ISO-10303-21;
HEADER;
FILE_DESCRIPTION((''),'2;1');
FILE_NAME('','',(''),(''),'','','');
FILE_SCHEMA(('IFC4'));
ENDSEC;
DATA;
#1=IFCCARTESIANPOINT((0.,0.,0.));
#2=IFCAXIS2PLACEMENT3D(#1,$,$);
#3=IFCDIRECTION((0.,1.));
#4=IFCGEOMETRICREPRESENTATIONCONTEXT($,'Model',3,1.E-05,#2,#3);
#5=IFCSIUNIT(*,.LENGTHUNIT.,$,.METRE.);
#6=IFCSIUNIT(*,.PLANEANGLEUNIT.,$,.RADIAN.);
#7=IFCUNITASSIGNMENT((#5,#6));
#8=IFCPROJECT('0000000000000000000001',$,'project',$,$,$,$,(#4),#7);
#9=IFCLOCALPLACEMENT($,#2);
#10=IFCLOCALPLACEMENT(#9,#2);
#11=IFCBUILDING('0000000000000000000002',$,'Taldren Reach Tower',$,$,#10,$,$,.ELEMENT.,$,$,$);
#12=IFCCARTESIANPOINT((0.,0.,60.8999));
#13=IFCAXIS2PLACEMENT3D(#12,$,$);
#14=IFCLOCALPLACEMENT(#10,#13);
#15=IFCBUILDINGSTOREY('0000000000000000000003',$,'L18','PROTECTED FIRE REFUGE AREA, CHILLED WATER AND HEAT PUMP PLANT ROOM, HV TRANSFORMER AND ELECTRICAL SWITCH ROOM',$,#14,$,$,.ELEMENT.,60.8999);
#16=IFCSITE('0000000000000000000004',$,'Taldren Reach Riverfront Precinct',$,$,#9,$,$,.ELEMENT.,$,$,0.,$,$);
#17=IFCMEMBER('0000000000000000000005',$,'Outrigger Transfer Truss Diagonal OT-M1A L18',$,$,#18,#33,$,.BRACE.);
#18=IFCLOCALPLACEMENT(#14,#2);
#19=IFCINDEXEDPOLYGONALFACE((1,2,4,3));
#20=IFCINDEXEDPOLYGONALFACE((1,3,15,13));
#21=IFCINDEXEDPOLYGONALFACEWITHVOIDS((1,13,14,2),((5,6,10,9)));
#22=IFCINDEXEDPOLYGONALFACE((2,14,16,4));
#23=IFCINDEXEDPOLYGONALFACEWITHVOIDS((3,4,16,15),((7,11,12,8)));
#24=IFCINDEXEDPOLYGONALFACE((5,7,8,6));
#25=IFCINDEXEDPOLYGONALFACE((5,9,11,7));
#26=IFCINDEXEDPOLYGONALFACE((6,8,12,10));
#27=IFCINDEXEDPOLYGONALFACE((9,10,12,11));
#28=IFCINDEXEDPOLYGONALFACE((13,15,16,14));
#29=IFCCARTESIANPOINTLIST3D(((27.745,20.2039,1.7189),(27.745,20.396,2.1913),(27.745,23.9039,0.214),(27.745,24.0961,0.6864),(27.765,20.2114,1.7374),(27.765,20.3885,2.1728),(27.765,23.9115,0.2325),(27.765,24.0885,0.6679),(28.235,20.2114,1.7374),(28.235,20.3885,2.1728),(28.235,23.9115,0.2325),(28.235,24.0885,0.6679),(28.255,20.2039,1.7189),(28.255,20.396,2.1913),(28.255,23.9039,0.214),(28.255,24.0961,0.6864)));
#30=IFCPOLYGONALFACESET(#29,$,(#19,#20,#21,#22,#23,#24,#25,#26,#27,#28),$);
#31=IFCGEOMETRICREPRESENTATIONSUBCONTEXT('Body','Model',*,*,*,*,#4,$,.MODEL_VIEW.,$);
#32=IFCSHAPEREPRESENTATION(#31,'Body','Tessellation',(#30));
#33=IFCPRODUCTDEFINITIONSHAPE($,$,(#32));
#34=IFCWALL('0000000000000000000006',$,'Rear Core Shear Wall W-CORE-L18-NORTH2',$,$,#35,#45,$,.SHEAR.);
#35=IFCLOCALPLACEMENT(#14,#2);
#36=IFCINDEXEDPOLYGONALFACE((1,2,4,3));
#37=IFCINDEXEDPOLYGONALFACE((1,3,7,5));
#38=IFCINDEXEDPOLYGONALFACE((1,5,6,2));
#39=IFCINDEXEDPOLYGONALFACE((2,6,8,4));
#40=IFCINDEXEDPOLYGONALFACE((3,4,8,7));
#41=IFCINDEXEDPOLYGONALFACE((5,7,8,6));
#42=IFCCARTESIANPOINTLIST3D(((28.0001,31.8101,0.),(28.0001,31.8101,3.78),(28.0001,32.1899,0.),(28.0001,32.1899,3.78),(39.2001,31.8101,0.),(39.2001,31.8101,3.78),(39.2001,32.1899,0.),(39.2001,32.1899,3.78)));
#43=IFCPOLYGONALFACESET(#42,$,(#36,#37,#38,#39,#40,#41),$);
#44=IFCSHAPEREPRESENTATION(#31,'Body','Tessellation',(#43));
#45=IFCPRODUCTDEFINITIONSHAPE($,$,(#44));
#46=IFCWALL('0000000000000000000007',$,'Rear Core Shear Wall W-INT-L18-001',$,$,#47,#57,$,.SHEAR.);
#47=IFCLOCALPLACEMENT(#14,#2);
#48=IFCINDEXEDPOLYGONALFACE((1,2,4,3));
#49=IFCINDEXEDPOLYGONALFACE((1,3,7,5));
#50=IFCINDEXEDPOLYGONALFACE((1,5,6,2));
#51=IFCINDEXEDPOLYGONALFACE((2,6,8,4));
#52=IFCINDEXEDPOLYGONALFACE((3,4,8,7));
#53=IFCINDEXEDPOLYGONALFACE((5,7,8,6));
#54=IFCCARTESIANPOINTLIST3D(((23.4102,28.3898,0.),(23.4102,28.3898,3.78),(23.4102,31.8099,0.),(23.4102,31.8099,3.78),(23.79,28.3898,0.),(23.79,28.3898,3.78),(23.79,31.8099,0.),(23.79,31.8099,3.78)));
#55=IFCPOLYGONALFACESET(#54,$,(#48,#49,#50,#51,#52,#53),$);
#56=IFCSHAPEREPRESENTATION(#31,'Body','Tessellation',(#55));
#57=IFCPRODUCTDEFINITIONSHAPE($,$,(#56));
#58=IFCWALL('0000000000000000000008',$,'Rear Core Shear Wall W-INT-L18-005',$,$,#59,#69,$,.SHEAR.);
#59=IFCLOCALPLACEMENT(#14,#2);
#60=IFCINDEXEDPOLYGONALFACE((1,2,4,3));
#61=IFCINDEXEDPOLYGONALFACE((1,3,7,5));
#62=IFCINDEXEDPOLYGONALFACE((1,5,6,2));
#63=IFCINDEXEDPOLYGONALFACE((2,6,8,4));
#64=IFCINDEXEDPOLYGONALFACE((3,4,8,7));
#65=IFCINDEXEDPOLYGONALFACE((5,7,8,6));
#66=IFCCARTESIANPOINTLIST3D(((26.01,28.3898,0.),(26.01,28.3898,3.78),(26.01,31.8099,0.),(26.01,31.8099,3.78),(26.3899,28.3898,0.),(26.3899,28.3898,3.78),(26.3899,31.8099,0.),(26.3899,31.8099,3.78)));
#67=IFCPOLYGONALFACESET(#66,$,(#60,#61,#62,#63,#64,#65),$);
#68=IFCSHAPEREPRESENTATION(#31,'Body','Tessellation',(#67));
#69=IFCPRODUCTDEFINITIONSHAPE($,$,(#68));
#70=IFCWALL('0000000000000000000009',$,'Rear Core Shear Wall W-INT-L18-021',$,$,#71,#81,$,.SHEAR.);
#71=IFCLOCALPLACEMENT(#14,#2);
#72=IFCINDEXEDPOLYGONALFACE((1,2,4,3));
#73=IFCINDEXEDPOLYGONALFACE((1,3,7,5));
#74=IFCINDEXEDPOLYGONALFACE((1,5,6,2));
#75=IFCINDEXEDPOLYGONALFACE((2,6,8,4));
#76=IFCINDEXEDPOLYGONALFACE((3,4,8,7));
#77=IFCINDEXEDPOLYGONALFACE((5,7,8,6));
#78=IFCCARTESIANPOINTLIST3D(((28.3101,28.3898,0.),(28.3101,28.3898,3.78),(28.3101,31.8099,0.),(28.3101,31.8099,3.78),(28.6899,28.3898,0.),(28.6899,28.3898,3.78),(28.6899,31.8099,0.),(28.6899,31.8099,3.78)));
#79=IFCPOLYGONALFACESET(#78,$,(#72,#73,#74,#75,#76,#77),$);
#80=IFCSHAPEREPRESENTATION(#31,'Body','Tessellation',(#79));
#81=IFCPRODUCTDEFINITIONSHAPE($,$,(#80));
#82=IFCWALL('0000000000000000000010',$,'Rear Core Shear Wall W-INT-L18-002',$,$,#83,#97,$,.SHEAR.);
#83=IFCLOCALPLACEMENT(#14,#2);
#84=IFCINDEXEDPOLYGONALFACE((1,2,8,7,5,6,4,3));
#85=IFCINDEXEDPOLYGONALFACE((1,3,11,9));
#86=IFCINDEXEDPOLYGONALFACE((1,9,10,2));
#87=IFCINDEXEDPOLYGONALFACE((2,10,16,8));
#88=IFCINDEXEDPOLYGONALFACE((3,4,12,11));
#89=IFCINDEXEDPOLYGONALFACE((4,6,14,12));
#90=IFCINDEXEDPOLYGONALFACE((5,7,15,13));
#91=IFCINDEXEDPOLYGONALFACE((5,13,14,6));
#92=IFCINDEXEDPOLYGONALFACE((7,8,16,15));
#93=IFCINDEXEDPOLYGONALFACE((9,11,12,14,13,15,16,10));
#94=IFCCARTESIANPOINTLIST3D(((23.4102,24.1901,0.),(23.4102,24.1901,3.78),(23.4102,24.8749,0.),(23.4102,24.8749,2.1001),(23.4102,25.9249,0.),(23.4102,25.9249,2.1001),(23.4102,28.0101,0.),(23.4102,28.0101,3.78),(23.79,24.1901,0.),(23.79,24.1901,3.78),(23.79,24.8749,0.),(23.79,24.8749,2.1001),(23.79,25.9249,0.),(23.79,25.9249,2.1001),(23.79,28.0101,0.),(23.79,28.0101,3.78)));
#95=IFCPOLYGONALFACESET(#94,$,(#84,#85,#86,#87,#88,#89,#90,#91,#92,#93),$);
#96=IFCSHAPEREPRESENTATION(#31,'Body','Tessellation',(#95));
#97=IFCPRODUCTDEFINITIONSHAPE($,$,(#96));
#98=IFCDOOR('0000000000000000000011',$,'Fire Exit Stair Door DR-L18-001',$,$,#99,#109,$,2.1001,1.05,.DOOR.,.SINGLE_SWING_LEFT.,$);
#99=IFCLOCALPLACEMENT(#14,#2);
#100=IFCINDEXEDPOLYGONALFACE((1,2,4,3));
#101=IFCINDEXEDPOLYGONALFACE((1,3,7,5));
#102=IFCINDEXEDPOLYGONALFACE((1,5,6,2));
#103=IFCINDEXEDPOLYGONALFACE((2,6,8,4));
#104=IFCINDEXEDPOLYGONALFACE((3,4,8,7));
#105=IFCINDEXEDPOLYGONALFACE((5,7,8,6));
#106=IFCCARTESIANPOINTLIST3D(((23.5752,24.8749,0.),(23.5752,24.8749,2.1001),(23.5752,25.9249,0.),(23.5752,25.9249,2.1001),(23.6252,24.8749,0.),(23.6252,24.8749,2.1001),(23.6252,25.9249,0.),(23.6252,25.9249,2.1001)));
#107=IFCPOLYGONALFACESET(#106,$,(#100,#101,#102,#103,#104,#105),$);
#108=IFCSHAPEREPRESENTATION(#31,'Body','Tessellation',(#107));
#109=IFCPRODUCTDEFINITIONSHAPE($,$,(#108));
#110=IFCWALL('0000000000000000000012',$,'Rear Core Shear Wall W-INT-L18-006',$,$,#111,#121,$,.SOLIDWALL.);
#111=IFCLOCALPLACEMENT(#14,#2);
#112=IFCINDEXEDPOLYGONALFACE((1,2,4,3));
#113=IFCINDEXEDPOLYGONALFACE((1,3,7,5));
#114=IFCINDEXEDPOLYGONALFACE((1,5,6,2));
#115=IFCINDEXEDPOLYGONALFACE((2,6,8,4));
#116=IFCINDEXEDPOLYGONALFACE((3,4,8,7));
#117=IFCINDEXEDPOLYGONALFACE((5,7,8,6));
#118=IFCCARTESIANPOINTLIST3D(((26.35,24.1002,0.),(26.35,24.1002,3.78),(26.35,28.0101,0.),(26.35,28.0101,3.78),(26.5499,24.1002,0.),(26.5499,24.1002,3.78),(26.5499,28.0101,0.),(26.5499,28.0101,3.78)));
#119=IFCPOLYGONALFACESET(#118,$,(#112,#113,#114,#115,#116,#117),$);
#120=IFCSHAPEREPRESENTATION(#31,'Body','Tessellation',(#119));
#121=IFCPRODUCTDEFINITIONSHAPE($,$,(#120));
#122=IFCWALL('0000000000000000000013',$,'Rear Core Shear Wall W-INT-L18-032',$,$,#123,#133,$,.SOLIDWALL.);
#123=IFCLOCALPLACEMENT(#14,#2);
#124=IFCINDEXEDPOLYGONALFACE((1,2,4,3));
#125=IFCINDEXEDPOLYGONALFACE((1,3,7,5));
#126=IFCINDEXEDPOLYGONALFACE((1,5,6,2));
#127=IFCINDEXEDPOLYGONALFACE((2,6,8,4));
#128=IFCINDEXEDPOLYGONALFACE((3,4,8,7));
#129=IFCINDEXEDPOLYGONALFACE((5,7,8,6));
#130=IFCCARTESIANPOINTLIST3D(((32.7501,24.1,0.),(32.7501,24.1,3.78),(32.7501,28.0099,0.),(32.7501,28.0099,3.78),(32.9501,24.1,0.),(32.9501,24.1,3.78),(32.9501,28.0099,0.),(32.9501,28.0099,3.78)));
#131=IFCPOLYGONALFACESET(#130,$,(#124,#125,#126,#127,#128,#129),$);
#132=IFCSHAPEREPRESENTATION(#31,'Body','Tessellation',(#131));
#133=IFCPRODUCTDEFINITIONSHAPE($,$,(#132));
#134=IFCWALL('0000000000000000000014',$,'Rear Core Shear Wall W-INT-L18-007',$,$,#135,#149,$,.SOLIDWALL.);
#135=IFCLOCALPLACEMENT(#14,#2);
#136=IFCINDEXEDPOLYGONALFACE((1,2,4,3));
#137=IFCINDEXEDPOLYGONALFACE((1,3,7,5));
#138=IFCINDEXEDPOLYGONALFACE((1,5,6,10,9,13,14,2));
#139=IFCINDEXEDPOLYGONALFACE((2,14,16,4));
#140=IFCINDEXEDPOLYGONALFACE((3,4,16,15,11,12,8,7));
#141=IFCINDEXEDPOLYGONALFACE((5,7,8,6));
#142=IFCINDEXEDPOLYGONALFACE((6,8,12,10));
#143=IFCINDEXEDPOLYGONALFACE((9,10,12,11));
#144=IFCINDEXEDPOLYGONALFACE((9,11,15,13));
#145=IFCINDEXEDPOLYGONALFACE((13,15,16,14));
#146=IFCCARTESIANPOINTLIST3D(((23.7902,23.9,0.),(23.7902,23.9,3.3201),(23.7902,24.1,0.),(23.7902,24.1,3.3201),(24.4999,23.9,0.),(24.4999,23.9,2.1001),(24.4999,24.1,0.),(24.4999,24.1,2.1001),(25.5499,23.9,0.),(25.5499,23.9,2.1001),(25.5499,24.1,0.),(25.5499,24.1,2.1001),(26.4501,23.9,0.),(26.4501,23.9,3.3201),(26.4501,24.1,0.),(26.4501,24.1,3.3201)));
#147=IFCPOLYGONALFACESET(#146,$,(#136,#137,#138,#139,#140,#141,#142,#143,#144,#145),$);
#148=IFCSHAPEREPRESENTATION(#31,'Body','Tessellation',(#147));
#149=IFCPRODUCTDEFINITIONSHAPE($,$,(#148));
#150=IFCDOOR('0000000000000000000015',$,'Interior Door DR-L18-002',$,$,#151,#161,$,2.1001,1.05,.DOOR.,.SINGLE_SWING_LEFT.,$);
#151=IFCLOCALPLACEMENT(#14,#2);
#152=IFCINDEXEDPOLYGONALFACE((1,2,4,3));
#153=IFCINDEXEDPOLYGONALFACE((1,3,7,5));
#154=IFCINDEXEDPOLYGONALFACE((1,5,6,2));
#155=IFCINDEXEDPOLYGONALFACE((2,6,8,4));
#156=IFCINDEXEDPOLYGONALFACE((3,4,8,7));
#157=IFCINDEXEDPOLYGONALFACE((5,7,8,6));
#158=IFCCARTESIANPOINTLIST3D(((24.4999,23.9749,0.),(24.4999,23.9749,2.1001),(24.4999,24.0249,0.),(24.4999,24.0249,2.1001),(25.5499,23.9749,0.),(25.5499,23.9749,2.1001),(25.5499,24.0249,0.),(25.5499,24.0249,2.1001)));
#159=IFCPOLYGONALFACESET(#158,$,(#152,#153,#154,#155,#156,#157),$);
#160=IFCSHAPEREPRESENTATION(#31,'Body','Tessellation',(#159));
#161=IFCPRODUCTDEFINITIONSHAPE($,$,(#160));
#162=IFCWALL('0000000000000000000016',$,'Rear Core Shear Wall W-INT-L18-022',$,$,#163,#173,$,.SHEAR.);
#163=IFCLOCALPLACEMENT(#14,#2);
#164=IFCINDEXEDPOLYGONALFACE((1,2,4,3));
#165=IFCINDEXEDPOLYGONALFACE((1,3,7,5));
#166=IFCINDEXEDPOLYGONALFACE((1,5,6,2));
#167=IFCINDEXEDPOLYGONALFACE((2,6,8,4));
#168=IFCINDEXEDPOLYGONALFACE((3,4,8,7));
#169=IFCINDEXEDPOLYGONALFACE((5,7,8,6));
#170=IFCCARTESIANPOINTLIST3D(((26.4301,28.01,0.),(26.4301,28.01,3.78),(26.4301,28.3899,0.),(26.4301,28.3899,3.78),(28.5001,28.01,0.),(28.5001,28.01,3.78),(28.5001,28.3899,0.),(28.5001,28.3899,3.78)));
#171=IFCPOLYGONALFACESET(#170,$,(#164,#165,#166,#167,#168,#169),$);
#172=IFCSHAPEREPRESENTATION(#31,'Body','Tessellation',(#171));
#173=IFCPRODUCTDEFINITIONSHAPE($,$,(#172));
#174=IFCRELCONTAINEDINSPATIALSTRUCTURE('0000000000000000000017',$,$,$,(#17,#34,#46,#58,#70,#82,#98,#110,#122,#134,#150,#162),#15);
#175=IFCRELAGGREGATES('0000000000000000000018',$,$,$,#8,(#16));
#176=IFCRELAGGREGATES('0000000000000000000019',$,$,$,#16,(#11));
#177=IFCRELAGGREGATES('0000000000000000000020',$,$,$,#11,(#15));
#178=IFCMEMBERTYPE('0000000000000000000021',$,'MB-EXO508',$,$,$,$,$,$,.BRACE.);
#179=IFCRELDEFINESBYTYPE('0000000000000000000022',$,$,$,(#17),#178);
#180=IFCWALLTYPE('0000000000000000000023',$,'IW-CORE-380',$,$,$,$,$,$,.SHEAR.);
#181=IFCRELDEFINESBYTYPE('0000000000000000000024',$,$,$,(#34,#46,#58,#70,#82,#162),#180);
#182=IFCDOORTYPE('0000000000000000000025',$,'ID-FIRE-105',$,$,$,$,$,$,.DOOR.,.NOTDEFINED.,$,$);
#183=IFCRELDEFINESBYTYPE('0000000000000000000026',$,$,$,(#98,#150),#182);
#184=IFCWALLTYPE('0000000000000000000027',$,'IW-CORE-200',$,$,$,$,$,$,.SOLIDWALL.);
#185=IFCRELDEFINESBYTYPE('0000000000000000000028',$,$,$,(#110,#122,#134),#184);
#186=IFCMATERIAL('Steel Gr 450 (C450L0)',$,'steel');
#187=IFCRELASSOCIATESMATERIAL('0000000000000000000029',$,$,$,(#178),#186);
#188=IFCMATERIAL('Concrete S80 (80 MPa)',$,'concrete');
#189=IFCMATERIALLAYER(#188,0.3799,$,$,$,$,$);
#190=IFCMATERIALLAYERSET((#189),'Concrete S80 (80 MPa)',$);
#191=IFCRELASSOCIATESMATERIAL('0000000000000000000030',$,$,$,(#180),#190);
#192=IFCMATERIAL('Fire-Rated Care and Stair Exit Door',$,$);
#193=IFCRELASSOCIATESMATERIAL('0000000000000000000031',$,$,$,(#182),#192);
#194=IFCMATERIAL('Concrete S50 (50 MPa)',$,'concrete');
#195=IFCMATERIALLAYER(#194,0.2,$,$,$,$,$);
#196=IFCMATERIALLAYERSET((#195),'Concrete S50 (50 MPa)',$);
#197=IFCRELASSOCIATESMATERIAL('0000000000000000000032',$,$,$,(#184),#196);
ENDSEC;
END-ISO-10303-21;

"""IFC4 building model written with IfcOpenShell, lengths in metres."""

from ifc_helpers import new_model, si_unit, direction, frame, frame_2d, origin, origin_2d, place, context, subcontext, project, spatial, rectangle, hollow_rectangle, extrude, source, transform, mapped, material, layer, layer_set, material_profile, profile_set, type_object, element, fill, save


model = new_model("IFC4")

# Units and contexts
model_context = context("Model", 3, precision=1e-05, world=origin(), true_north=direction((0.0, 1.0)))
body_context = subcontext(model_context, "Body", "Model", "MODEL_VIEW")
ifc_project = project(units=[si_unit("LENGTHUNIT", "METRE"), si_unit("PLANEANGLEUNIT", "RADIAN")], contexts=[model_context])

# Site, building, storey
site_placement = place(None, origin())
site = spatial("IfcSite", under=ifc_project, at=site_placement, Name="Taldren Reach Riverfront Precinct", CompositionType="ELEMENT", RefElevation=0.0)
building_placement = place(site_placement, origin())
building = spatial("IfcBuilding", under=site, at=building_placement, Name="Taldren Reach Tower", CompositionType="ELEMENT")
storey_placement = place(building_placement, frame((0.0, 0.0, 60.8999)))
storey = spatial("IfcBuildingStorey", under=building, at=storey_placement, Name="L18", Description="PROTECTED FIRE REFUGE AREA, CHILLED WATER AND HEAT PUMP PLANT ROOM, HV TRANSFORMER AND ELECTRICAL SWITCH ROOM", CompositionType="ELEMENT", Elevation=60.8999)

# Shared definitions
ifc_material_1 = material(Name="Concrete S80 (80 MPa)", Category="concrete")

# Member
ifc_material_2 = material(Name="Steel Gr 450 (C450L0)", Category="steel")
ifc_material_profile_1 = material_profile(ifc_material_2, hollow_rectangle(XDim=0.51, YDim=0.51, WallThickness=0.02, at=origin_2d()), Name="510x510x20.0SHS")
ifc_profile_set_1 = profile_set([ifc_material_profile_1], Name="Steel Gr 450 (C450L0)")
member_type_1 = type_object("IfcMemberType", Name="MB-EXO508", PredefinedType="BRACE", material=ifc_profile_set_1)
shared_shape_1 = source(origin(), body_context, "Body", "SweptSolid", [
    extrude(hollow_rectangle(XDim=0.51, YDim=0.51, WallThickness=0.02, at=origin_2d()), origin(), (0.0, 0.0, 1.0), 3.9944),
])
member_1_placement = place(storey_placement, frame((28.0, 24.0, 0.4502), z_axis=(0.0, -0.926311, 0.376759), x_axis=(1.0, 0.0, 0.0)))
element("IfcMember", 1, at=member_1_placement, inside=storey, type_object=member_type_1, Name="Outrigger Transfer Truss Diagonal OT-M1A L18", PredefinedType="BRACE", context=body_context, shape_type="MappedRepresentation", body=[
    mapped(shared_shape_1, transform((0.0, 0.0, 0.0), scale=1.0)),
])

# Walls
ifc_layer_1 = layer(ifc_material_1, 0.3799)
ifc_layer_set_1 = layer_set([ifc_layer_1], Name="Concrete S80 (80 MPa)")
wall_type_1 = type_object("IfcWallType", Name="IW-CORE-380", PredefinedType="SHEAR", material=ifc_layer_set_1)
shared_shape_2 = source(origin(), body_context, "Body", "SweptSolid", [
    extrude(rectangle(XDim=11.2, YDim=0.3799, at=frame_2d((5.6001, 0.0))), origin(), (0.0, 0.0, 1.0), 3.78),
])
wall_1_placement = place(storey_placement, frame((28.0, 32.0, 0.0), z_axis=(0.0, 0.0, 1.0), x_axis=(1.0, 0.0, 0.0)))
element("IfcWall", 2, at=wall_1_placement, inside=storey, type_object=wall_type_1, Name="Rear Core Shear Wall W-CORE-L18-NORTH2", PredefinedType="SHEAR", context=body_context, shape_type="MappedRepresentation", body=[
    mapped(shared_shape_2, transform((0.0, 0.0, 0.0), scale=1.0)),
])
shared_shape_3 = source(origin(), body_context, "Body", "SweptSolid", [
    extrude(rectangle(XDim=3.4202, YDim=0.3799, at=frame_2d((1.71, 0.0))), origin(), (0.0, 0.0, 1.0), 3.78),
])
for number, where, z_axis, x_axis, name in (
    (3, (23.6001, 28.3899, 0.0), (0.0, 0.0, 1.0), (0.0, 1.0, 0.0), "Rear Core Shear Wall W-INT-L18-001"),
    (4, (26.2, 28.3899, 0.0), (0.0, 0.0, 1.0), (0.0, 1.0, 0.0), "Rear Core Shear Wall W-INT-L18-005"),
    (5, (28.5, 28.3899, 0.0), (0.0, 0.0, 1.0), (0.0, 1.0, 0.0), "Rear Core Shear Wall W-INT-L18-021"),
):
    element("IfcWall", number, at=place(storey_placement, frame(where, z_axis=z_axis, x_axis=x_axis)), inside=storey, type_object=wall_type_1, Name=name, PredefinedType="SHEAR", context=body_context, shape_type="MappedRepresentation", body=[
        mapped(shared_shape_3, transform((0.0, 0.0, 0.0), scale=1.0)),
    ])

# Wall, opening, door
shared_shape_4 = source(origin(), body_context, "Body", "SweptSolid", [
    extrude(rectangle(XDim=3.8201, YDim=0.3799, at=frame_2d((1.9102, 0.0))), origin(), (0.0, 0.0, 1.0), 3.78),
])
wall_2_placement = place(storey_placement, frame((23.6001, 24.1899, 0.0), z_axis=(0.0, 0.0, 1.0), x_axis=(0.0, 1.0, 0.0)))
wall_2 = element("IfcWall", 6, at=wall_2_placement, inside=storey, type_object=wall_type_1, Name="Rear Core Shear Wall W-INT-L18-002", PredefinedType="SHEAR", context=body_context, shape_type="MappedRepresentation", body=[
    mapped(shared_shape_4, transform((0.0, 0.0, 0.0), scale=1.0)),
])
shared_shape_5 = source(origin(), body_context, "Body", "SweptSolid", [
    extrude(rectangle(XDim=1.05, YDim=2.1001, at=frame_2d((0.5249, 1.05))), frame((0.0, 0.2, 0.0), z_axis=(0.0, -1.0, 0.0), x_axis=(1.0, 0.0, 0.0)), (0.0, 0.0, 1.0), 0.3999),
])
opening_1_placement = place(wall_2_placement, frame((0.6851, 0.0, 0.0)))
opening_1 = element("IfcOpeningElement", 7, at=opening_1_placement, cuts=wall_2, PredefinedType="OPENING", context=body_context, shape_type="MappedRepresentation", body=[
    mapped(shared_shape_5, transform((0.0, 0.0, 0.0), scale=1.0)),
])
ifc_material_3 = material(Name="Fire-Rated Care and Stair Exit Door")
door_type_1 = type_object("IfcDoorType", Name="ID-FIRE-105", OperationType="NOTDEFINED", PredefinedType="DOOR", material=ifc_material_3)
shared_shape_6 = source(origin(), body_context, "Body", "SweptSolid", [
    extrude(rectangle(XDim=1.05, YDim=2.1001, at=frame_2d((0.5249, 1.05))), frame((0.0, 0.0249, 0.0), z_axis=(0.0, -1.0, 0.0), x_axis=(1.0, 0.0, 0.0)), (0.0, 0.0, 1.0), 0.05),
])
door_1_placement = place(opening_1_placement, origin())
door_1 = element("IfcDoor", 8, at=door_1_placement, inside=storey, type_object=door_type_1, Name="Fire Exit Stair Door DR-L18-001", OperationType="SINGLE_SWING_LEFT", OverallHeight=2.1001, OverallWidth=1.05, PredefinedType="DOOR", context=body_context, shape_type="MappedRepresentation", body=[
    mapped(shared_shape_6, transform((0.0, 0.0, 0.0), scale=1.0)),
])
fill(opening_1, door_1)

# Walls
ifc_material_4 = material(Name="Concrete S50 (50 MPa)", Category="concrete")
ifc_layer_2 = layer(ifc_material_4, 0.2)
ifc_layer_set_2 = layer_set([ifc_layer_2], Name="Concrete S50 (50 MPa)")
wall_type_2 = type_object("IfcWallType", Name="IW-CORE-200", PredefinedType="SOLIDWALL", material=ifc_layer_set_2)
shared_shape_7 = source(origin(), body_context, "Body", "SweptSolid", [
    extrude(rectangle(XDim=3.9099, YDim=0.2, at=frame_2d((1.9551, 0.0))), origin(), (0.0, 0.0, 1.0), 3.78),
])
for number, where, z_axis, x_axis, name in (
    (9, (26.45, 24.1001, 0.0), (0.0, 0.0, 1.0), (0.0, 1.0, 0.0), "Rear Core Shear Wall W-INT-L18-006"),
    (10, (32.8501, 28.01, 0.0), (0.0, 0.0, 1.0), (0.0, -1.0, 0.0), "Rear Core Shear Wall W-INT-L18-032"),
):
    element("IfcWall", number, at=place(storey_placement, frame(where, z_axis=z_axis, x_axis=x_axis)), inside=storey, type_object=wall_type_2, Name=name, PredefinedType="SOLIDWALL", context=body_context, shape_type="MappedRepresentation", body=[
        mapped(shared_shape_7, transform((0.0, 0.0, 0.0), scale=1.0)),
    ])

# Wall, opening, door
shared_shape_8 = source(origin(), body_context, "Body", "SweptSolid", [
    extrude(rectangle(XDim=2.6599, YDim=0.2, at=frame_2d((1.3301, 0.0))), origin(), (0.0, 0.0, 1.0), 3.3201),
])
wall_3_placement = place(storey_placement, frame((23.79, 24.0, 0.0), z_axis=(0.0, 0.0, 1.0), x_axis=(1.0, 0.0, 0.0)))
wall_3 = element("IfcWall", 11, at=wall_3_placement, inside=storey, type_object=wall_type_2, Name="Rear Core Shear Wall W-INT-L18-007", PredefinedType="SOLIDWALL", context=body_context, shape_type="MappedRepresentation", body=[
    mapped(shared_shape_8, transform((0.0, 0.0, 0.0), scale=1.0)),
])
shared_shape_9 = source(origin(), body_context, "Body", "SweptSolid", [
    extrude(rectangle(XDim=1.05, YDim=2.1001, at=frame_2d((0.5249, 1.05))), frame((0.0, 0.1099, 0.0), z_axis=(0.0, -1.0, 0.0), x_axis=(1.0, 0.0, 0.0)), (0.0, 0.0, 1.0), 0.22),
])
opening_2_placement = place(wall_3_placement, frame((0.71, 0.0, 0.0)))
opening_2 = element("IfcOpeningElement", 12, at=opening_2_placement, cuts=wall_3, PredefinedType="OPENING", context=body_context, shape_type="MappedRepresentation", body=[
    mapped(shared_shape_9, transform((0.0, 0.0, 0.0), scale=1.0)),
])
door_2_placement = place(opening_2_placement, origin())
door_2 = element("IfcDoor", 13, at=door_2_placement, inside=storey, type_object=door_type_1, Name="Interior Door DR-L18-002", OperationType="SINGLE_SWING_LEFT", OverallHeight=2.1001, OverallWidth=1.05, PredefinedType="DOOR", context=body_context, shape_type="MappedRepresentation", body=[
    mapped(shared_shape_6, transform((0.0, 0.0, 0.0), scale=1.0)),
])
fill(opening_2, door_2)

# Wall
shared_shape_10 = source(origin(), body_context, "Body", "SweptSolid", [
    extrude(rectangle(XDim=2.0701, YDim=0.3799, at=frame_2d((1.0352, 0.0))), origin(), (0.0, 0.0, 1.0), 3.78),
])
wall_4_placement = place(storey_placement, frame((26.4299, 28.2, 0.0), z_axis=(0.0, 0.0, 1.0), x_axis=(1.0, 0.0, 0.0)))
element("IfcWall", 14, at=wall_4_placement, inside=storey, type_object=wall_type_1, Name="Rear Core Shear Wall W-INT-L18-022", PredefinedType="SHEAR", context=body_context, shape_type="MappedRepresentation", body=[
    mapped(shared_shape_10, transform((0.0, 0.0, 0.0), scale=1.0)),
])

save(model, "model.ifc")
